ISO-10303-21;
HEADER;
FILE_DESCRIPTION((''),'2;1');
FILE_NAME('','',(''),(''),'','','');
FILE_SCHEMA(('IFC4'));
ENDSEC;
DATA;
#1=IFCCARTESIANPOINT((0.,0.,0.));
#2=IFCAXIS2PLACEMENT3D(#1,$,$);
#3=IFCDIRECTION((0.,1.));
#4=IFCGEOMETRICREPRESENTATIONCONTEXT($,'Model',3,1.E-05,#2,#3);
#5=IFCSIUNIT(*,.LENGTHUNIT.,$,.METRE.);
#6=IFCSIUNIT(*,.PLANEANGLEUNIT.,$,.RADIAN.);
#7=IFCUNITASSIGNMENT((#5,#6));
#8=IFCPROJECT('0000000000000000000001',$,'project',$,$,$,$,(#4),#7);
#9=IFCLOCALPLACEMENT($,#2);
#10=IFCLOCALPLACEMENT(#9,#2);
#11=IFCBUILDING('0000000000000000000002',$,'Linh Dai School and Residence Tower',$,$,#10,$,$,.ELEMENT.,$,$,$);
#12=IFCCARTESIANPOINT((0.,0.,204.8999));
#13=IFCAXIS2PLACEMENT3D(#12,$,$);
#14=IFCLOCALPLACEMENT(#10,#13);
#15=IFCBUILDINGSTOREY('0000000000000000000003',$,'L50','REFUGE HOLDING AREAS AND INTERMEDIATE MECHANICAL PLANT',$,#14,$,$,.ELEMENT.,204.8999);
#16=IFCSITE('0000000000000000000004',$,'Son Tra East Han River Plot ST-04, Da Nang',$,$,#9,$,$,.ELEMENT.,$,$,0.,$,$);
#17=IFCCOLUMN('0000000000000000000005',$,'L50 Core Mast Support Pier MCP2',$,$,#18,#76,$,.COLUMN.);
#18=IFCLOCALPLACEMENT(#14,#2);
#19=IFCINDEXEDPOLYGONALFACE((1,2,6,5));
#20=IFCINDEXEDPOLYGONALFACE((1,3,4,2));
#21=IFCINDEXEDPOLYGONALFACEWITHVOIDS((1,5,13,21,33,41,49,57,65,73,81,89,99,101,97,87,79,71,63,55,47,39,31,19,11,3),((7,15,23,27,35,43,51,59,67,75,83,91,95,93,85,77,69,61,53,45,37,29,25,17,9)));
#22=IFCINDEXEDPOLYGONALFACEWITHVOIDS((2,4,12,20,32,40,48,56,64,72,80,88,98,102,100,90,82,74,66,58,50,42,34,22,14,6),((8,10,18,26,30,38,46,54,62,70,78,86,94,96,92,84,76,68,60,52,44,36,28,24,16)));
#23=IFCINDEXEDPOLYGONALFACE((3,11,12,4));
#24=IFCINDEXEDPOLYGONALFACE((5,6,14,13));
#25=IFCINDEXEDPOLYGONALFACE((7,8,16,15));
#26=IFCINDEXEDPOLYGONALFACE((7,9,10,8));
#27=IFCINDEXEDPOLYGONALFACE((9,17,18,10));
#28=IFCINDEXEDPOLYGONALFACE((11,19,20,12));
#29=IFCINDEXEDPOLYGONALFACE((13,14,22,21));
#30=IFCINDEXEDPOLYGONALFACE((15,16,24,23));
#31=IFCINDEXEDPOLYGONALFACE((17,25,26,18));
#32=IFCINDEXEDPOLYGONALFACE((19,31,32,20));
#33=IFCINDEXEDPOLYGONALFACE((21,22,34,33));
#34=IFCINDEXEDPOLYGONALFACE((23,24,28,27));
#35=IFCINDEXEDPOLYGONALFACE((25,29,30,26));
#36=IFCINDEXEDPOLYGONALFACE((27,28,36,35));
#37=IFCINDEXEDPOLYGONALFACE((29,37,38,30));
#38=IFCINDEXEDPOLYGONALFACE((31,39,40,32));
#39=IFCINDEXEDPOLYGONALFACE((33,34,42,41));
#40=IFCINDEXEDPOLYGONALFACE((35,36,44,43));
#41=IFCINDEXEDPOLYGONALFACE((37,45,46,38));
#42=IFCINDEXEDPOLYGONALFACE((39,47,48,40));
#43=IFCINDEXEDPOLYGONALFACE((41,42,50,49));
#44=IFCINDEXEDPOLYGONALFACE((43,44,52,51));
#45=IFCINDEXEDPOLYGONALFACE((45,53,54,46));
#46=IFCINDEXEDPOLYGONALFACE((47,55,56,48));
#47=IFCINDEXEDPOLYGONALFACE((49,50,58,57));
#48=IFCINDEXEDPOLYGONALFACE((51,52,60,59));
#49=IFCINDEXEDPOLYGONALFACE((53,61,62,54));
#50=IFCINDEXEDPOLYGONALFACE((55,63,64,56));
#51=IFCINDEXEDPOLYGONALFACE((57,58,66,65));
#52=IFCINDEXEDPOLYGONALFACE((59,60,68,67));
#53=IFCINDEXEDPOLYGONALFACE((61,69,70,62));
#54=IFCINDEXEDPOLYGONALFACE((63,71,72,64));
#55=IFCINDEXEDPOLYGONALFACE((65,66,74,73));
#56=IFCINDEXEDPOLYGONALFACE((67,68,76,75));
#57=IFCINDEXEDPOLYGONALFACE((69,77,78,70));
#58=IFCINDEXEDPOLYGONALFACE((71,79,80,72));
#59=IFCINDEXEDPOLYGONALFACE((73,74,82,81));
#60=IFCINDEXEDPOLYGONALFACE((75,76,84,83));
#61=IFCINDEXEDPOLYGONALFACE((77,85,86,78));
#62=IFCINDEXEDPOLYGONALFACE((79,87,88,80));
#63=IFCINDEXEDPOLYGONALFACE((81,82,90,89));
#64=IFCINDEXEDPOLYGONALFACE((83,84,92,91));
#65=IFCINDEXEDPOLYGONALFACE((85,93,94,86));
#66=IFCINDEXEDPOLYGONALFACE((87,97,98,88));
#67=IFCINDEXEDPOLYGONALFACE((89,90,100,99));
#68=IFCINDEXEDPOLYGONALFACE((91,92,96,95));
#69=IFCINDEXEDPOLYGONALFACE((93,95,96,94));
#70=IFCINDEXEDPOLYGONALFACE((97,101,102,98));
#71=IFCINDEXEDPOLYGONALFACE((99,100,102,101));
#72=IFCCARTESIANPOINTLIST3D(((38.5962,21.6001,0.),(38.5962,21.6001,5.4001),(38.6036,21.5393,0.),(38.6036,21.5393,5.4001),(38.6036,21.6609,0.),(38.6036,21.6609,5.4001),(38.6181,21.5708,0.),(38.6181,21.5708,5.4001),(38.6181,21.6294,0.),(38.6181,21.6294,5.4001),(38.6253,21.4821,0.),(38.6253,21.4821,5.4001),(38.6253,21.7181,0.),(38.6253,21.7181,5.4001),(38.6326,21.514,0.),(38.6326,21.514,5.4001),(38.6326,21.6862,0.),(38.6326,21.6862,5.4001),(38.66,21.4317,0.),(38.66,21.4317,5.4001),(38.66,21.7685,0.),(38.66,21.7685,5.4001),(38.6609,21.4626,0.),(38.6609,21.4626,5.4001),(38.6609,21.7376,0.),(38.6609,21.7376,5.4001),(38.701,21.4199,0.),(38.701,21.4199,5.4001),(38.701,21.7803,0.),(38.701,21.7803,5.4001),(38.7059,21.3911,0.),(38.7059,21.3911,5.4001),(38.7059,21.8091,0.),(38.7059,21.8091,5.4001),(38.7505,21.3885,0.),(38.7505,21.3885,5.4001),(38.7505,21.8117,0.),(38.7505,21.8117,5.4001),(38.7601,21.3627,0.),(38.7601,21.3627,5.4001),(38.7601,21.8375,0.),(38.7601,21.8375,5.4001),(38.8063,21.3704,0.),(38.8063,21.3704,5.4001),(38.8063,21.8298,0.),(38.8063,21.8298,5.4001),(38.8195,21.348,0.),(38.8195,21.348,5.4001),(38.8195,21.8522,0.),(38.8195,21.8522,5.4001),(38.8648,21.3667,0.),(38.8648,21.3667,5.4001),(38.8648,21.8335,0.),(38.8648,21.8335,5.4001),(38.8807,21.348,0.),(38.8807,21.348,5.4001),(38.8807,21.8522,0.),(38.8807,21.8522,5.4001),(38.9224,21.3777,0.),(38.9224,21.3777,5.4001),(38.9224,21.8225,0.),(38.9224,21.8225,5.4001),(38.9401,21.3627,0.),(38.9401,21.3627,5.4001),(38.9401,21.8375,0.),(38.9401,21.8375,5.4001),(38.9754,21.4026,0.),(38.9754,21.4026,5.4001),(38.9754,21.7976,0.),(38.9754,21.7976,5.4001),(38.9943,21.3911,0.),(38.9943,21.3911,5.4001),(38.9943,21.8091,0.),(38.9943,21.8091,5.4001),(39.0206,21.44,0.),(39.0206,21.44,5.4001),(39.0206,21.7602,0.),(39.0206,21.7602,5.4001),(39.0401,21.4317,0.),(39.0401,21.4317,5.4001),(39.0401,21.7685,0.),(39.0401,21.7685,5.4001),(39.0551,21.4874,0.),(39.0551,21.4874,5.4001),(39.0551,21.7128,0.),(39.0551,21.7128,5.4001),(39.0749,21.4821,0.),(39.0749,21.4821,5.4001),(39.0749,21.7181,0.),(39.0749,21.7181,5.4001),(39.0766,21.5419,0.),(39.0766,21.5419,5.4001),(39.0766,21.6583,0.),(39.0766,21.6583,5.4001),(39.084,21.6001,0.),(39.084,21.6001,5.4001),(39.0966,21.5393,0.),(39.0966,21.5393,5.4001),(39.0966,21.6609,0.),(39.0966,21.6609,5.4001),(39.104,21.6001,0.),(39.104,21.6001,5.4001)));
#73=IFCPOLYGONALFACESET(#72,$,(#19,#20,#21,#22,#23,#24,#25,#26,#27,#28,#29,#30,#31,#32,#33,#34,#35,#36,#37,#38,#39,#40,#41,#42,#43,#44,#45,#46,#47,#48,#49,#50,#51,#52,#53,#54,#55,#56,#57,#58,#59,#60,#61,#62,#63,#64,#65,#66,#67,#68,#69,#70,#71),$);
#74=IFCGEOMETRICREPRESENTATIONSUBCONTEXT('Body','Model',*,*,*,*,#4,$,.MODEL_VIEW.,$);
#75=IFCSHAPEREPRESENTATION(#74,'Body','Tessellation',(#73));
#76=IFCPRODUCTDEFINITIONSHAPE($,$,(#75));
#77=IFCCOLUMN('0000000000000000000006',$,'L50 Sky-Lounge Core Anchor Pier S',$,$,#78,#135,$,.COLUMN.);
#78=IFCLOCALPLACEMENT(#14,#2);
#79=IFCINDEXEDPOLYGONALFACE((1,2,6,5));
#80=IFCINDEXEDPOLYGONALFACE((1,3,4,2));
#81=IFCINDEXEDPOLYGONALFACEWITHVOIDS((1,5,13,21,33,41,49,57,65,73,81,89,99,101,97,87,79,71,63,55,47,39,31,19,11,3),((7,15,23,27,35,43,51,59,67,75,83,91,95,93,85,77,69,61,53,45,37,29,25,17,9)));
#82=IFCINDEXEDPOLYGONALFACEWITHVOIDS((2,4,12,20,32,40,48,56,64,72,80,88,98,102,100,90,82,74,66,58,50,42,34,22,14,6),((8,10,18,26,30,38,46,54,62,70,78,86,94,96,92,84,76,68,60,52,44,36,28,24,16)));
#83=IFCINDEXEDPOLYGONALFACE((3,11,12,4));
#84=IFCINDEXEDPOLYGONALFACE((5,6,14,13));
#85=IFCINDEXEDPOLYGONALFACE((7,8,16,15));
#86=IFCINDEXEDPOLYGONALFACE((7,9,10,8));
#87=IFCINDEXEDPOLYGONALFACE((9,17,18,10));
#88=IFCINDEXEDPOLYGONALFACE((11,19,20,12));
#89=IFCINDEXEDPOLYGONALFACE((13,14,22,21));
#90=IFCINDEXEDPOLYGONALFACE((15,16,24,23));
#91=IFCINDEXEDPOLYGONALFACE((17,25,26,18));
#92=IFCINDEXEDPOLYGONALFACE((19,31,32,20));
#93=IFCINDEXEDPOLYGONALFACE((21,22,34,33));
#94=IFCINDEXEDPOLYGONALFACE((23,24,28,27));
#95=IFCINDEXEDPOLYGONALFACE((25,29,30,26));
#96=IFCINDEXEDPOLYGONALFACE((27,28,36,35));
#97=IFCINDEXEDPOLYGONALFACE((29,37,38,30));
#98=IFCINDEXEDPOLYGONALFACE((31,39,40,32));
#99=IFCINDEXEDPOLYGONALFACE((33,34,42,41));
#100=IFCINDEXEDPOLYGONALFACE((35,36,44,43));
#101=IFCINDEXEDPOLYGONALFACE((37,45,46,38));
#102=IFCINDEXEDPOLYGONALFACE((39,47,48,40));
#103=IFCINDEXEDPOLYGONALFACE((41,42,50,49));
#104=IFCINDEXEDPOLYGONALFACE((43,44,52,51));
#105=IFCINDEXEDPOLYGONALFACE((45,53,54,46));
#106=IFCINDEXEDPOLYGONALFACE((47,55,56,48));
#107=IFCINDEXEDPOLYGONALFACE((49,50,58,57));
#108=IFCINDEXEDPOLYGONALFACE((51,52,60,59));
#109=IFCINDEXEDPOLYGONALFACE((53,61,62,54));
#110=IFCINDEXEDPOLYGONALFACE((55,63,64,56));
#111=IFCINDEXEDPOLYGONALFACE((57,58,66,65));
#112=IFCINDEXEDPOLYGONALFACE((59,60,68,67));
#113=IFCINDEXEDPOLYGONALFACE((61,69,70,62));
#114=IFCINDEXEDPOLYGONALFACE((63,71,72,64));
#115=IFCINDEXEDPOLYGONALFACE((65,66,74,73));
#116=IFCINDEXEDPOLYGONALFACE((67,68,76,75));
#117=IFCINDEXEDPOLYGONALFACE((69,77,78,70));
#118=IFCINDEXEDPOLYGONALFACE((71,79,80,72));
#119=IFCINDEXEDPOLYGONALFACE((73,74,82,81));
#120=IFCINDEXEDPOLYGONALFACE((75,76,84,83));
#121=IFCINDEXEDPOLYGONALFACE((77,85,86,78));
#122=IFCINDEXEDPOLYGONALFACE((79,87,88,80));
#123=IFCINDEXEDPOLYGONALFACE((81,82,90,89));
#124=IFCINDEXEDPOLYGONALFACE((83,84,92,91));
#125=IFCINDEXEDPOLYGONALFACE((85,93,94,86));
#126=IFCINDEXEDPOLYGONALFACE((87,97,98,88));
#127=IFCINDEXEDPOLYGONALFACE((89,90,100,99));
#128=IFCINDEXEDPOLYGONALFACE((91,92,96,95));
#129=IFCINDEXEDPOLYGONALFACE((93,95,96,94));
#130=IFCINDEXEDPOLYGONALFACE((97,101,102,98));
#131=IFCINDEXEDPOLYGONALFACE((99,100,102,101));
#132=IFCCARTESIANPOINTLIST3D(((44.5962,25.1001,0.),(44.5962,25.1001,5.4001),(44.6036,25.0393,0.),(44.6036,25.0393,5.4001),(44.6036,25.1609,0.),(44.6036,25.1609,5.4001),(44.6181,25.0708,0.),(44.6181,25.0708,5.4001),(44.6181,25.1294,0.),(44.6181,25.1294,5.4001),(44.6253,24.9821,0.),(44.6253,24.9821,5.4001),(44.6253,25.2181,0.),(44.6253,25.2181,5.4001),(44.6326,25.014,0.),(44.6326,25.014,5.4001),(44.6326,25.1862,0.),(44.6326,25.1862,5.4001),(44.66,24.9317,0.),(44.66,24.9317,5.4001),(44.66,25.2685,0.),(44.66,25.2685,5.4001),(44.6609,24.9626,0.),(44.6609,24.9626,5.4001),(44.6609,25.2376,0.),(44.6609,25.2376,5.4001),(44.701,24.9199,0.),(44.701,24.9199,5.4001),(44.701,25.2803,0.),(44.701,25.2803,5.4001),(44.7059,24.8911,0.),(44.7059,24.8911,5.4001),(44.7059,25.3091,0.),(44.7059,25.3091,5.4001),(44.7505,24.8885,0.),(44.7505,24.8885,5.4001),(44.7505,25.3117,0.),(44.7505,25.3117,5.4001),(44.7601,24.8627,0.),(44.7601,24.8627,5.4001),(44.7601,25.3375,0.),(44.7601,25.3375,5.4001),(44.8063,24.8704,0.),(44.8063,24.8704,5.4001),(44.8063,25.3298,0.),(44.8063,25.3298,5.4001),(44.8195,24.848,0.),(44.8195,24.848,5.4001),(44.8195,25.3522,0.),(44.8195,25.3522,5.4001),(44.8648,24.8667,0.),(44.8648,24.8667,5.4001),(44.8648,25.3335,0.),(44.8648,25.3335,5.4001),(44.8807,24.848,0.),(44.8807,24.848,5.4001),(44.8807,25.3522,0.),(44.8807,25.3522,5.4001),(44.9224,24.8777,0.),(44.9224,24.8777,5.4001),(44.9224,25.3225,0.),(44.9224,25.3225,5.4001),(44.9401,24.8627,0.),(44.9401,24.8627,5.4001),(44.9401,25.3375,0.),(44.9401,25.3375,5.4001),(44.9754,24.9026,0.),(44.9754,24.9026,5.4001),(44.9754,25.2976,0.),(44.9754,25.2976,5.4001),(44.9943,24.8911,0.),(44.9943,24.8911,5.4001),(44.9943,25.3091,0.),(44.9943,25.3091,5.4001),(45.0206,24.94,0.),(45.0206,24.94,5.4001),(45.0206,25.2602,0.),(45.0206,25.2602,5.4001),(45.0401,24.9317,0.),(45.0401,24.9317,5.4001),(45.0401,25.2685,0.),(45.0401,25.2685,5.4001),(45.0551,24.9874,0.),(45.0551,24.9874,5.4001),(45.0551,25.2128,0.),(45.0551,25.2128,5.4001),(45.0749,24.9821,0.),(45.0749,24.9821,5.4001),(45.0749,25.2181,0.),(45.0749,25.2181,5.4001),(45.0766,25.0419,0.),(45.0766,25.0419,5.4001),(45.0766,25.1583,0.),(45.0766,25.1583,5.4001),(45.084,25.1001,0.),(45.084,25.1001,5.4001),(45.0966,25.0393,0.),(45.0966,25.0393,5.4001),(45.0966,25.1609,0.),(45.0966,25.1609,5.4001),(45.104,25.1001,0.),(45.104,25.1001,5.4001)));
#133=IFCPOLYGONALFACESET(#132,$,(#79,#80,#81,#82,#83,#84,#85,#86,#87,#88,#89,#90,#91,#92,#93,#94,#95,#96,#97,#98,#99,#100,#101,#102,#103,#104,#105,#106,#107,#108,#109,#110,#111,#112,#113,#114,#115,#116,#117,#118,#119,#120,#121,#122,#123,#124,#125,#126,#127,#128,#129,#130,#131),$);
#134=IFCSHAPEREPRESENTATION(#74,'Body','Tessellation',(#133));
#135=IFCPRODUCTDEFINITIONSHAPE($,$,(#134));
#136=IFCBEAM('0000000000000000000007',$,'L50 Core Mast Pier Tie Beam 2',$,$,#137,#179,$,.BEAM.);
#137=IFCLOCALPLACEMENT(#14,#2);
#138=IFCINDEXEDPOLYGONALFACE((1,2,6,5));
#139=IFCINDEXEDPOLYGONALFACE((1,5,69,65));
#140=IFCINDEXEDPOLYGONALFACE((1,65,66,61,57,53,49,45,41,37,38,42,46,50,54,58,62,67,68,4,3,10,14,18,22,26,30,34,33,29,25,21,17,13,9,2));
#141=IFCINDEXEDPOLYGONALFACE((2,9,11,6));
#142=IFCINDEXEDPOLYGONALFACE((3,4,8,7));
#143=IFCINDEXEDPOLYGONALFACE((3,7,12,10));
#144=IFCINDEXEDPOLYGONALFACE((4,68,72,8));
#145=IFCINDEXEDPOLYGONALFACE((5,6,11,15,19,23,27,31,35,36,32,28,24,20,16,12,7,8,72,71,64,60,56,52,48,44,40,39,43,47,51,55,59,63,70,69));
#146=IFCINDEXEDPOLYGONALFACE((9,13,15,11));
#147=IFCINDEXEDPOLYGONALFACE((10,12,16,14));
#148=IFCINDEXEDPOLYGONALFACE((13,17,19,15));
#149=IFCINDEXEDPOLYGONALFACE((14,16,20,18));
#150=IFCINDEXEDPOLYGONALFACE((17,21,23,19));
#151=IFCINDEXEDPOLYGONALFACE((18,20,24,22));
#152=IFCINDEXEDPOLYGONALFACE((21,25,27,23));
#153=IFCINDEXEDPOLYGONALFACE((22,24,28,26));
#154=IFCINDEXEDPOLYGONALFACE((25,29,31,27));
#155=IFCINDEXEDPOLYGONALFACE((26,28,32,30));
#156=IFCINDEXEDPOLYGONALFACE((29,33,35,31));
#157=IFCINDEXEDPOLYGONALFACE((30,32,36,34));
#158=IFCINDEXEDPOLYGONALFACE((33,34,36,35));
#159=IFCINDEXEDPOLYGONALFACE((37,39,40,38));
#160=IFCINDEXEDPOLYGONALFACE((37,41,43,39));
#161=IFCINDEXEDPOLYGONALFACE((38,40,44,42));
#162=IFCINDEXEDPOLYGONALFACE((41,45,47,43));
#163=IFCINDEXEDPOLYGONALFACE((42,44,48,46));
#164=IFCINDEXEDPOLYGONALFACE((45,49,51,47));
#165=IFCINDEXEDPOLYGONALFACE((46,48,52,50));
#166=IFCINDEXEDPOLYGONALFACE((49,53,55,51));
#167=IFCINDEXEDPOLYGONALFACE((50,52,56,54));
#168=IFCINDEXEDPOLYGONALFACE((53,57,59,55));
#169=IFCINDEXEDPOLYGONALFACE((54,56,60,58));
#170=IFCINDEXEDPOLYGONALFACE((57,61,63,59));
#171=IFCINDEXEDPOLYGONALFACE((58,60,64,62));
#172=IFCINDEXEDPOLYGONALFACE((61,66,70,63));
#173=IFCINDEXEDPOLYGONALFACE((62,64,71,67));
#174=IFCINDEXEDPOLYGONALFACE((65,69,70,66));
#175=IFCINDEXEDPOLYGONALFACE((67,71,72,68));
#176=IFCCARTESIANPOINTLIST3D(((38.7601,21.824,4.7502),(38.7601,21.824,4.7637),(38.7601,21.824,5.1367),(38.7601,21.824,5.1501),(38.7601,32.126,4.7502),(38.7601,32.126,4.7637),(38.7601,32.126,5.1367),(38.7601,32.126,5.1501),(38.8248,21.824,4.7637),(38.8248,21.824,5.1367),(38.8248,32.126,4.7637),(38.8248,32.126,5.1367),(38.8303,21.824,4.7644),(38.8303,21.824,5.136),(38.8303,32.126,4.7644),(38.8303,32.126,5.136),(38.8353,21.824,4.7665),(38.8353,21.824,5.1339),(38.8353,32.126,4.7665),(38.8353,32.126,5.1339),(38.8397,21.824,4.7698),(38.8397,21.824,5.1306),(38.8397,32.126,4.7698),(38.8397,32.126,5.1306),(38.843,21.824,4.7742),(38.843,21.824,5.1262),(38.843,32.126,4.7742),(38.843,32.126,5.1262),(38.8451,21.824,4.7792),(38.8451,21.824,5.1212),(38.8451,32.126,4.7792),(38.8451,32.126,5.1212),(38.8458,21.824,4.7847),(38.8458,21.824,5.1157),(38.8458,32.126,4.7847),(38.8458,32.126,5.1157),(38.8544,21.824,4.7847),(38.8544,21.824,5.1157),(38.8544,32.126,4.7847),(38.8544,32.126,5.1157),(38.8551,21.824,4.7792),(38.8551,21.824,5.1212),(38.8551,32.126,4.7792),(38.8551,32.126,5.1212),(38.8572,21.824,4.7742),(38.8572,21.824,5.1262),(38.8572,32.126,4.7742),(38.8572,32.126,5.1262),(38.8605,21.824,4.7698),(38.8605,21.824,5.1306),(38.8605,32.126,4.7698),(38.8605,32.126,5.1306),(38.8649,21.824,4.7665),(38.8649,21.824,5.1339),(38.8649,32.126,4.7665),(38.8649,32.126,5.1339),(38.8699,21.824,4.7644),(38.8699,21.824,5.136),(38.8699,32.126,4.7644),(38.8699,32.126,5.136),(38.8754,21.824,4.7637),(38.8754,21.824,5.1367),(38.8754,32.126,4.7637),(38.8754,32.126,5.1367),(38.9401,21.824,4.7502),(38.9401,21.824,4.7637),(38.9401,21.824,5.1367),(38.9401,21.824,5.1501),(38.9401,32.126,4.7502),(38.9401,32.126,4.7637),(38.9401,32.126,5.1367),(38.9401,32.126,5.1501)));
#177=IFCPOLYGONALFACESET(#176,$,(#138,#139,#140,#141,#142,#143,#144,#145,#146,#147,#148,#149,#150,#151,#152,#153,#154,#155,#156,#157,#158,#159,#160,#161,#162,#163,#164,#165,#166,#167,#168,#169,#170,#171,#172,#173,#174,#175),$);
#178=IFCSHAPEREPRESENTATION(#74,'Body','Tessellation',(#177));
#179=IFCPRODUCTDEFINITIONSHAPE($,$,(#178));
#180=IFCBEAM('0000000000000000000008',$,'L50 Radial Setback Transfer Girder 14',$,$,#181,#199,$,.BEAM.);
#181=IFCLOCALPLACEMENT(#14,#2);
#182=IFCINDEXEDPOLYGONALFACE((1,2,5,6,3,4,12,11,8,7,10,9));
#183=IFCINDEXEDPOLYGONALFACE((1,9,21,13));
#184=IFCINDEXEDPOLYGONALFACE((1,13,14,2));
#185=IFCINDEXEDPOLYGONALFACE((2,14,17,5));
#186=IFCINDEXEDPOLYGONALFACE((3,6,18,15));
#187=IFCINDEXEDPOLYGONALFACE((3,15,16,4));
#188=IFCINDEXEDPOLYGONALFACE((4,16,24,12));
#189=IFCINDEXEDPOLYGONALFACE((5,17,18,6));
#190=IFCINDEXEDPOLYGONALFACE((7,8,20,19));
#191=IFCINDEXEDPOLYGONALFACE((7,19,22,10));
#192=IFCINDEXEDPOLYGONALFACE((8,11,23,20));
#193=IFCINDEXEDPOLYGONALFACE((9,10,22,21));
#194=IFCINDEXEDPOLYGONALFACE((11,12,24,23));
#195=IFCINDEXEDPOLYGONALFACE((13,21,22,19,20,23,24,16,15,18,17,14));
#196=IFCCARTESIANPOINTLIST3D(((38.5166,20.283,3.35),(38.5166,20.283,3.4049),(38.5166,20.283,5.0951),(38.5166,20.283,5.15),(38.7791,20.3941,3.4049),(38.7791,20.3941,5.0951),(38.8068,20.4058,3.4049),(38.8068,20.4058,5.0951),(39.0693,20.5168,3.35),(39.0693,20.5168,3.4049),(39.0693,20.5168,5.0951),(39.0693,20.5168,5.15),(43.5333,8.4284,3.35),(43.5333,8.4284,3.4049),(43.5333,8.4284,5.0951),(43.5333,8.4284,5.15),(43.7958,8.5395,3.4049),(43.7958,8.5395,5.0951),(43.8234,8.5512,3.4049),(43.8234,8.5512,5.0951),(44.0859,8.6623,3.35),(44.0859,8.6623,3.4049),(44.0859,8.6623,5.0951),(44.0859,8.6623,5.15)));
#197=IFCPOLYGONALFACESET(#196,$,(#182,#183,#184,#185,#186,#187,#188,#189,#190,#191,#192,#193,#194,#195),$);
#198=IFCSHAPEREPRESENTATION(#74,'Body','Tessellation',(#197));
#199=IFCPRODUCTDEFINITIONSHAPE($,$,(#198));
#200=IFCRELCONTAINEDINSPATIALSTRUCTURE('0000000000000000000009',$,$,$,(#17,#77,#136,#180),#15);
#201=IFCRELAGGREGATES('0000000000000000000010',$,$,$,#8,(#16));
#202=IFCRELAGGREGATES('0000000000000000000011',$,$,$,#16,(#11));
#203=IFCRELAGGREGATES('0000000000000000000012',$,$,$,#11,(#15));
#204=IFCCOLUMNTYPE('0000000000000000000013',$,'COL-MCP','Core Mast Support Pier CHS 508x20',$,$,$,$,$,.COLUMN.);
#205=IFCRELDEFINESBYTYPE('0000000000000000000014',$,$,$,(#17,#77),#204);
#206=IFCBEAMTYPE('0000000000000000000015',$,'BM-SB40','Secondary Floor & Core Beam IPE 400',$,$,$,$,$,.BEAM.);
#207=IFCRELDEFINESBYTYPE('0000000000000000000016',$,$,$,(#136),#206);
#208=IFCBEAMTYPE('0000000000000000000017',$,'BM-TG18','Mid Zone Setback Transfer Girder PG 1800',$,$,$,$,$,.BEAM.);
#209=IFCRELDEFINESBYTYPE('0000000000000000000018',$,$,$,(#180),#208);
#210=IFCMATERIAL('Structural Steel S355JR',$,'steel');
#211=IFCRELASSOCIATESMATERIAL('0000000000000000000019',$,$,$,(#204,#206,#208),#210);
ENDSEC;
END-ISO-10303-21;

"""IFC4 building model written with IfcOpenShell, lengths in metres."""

from ifc_helpers import new_model, si_unit, direction, frame, origin, origin_2d, place, context, subcontext, project, spatial, hollow_circle, i_section, extrude, material, material_profile, profile_set, type_object, element, save


model = new_model("IFC4")

# Units and contexts
model_context = context("Model", 3, precision=1e-05, world=origin(), true_north=direction((0.0, 1.0)))
body_context = subcontext(model_context, "Body", "Model", "MODEL_VIEW")
ifc_project = project(units=[si_unit("LENGTHUNIT", "METRE"), si_unit("PLANEANGLEUNIT", "RADIAN")], contexts=[model_context])

# Site, building, storey
site_placement = place(None, origin())
site = spatial("IfcSite", under=ifc_project, at=site_placement, Name="Son Tra East Han River Plot ST-04, Da Nang", CompositionType="ELEMENT", RefElevation=0.0)
building_placement = place(site_placement, origin())
building = spatial("IfcBuilding", under=site, at=building_placement, Name="Linh Dai School and Residence Tower", CompositionType="ELEMENT")
storey_placement = place(building_placement, frame((0.0, 0.0, 204.8999)))
storey = spatial("IfcBuildingStorey", under=building, at=storey_placement, Name="L50", Description="REFUGE HOLDING AREAS AND INTERMEDIATE MECHANICAL PLANT", CompositionType="ELEMENT", Elevation=204.8999)

# Columns
ifc_material_1 = material(Name="Structural Steel S355JR", Category="steel")
ifc_material_profile_1 = material_profile(ifc_material_1, hollow_circle(Radius=0.2539, WallThickness=0.02, at=origin_2d()), Name="CHS 508x20")
ifc_profile_set_1 = profile_set([ifc_material_profile_1], Name="Structural Steel S355JR")
column_type_1 = type_object("IfcColumnType", Name="COL-MCP", Description="Core Mast Support Pier CHS 508x20", PredefinedType="COLUMN", material=ifc_profile_set_1)
for number, where, z_axis, x_axis, name in (
    (1, (38.8501, 21.6001, 0.0), (0.0, 0.0, 1.0), (1.0, 0.0, 0.0), "L50 Core Mast Support Pier MCP2"),
    (2, (44.8501, 25.1001, 0.0), (0.0, 0.0, 1.0), (1.0, 0.0, 0.0), "L50 Sky-Lounge Core Anchor Pier S"),
):
    element("IfcColumn", number, at=place(storey_placement, frame(where, z_axis=z_axis, x_axis=x_axis)), inside=storey, type_object=column_type_1, Name=name, PredefinedType="COLUMN", context=body_context, shape_type="SweptSolid", body=[
        extrude(hollow_circle(Radius=0.2539, WallThickness=0.02, at=origin_2d()), origin(), (0.0, 0.0, 1.0), 5.4001),
    ])

# Beams
ifc_material_profile_2 = material_profile(ifc_material_1, i_section(OverallWidth=0.1799, OverallDepth=0.3999, WebThickness=0.0085, FlangeThickness=0.0134, FilletRadius=0.021, at=origin_2d()), Name="IPE 400")
ifc_profile_set_2 = profile_set([ifc_material_profile_2], Name="Structural Steel S355JR")
beam_type_1 = type_object("IfcBeamType", Name="BM-SB40", Description="Secondary Floor & Core Beam IPE 400", PredefinedType="BEAM", material=ifc_profile_set_2)
beam_1_placement = place(storey_placement, frame((38.8501, 21.824, 4.9502), z_axis=(0.0, 1.0, 0.0), x_axis=(-1.0, 0.0, 0.0)))
element("IfcBeam", 3, at=beam_1_placement, inside=storey, type_object=beam_type_1, Name="L50 Core Mast Pier Tie Beam 2", PredefinedType="BEAM", context=body_context, shape_type="SweptSolid", body=[
    extrude(i_section(OverallWidth=0.1799, OverallDepth=0.3999, WebThickness=0.0085, FlangeThickness=0.0134, FilletRadius=0.021, at=origin_2d()), origin(), (0.0, 0.0, 1.0), 10.302),
])
ifc_material_profile_3 = material_profile(ifc_material_1, i_section(OverallWidth=0.6001, OverallDepth=1.8, WebThickness=0.03, FlangeThickness=0.0549, at=origin_2d()), Name="PG 1800x600x30x55")
ifc_profile_set_3 = profile_set([ifc_material_profile_3], Name="Structural Steel S355JR")
beam_type_2 = type_object("IfcBeamType", Name="BM-TG18", Description="Mid Zone Setback Transfer Girder PG 1800", PredefinedType="BEAM", material=ifc_profile_set_3)
beam_2_placement = place(storey_placement, frame((38.793, 20.3999, 4.25), z_axis=(0.389722, -0.920933, 0.0), x_axis=(0.920933, 0.389722, 0.0)))
element("IfcBeam", 4, at=beam_2_placement, inside=storey, type_object=beam_type_2, Name="L50 Radial Setback Transfer Girder 14", PredefinedType="BEAM", context=body_context, shape_type="SweptSolid", body=[
    extrude(i_section(OverallWidth=0.6001, OverallDepth=1.8, WebThickness=0.03, FlangeThickness=0.0549, at=origin_2d()), origin(), (0.0, 0.0, 1.0), 12.8723),
])

save(model, "model.ifc")
